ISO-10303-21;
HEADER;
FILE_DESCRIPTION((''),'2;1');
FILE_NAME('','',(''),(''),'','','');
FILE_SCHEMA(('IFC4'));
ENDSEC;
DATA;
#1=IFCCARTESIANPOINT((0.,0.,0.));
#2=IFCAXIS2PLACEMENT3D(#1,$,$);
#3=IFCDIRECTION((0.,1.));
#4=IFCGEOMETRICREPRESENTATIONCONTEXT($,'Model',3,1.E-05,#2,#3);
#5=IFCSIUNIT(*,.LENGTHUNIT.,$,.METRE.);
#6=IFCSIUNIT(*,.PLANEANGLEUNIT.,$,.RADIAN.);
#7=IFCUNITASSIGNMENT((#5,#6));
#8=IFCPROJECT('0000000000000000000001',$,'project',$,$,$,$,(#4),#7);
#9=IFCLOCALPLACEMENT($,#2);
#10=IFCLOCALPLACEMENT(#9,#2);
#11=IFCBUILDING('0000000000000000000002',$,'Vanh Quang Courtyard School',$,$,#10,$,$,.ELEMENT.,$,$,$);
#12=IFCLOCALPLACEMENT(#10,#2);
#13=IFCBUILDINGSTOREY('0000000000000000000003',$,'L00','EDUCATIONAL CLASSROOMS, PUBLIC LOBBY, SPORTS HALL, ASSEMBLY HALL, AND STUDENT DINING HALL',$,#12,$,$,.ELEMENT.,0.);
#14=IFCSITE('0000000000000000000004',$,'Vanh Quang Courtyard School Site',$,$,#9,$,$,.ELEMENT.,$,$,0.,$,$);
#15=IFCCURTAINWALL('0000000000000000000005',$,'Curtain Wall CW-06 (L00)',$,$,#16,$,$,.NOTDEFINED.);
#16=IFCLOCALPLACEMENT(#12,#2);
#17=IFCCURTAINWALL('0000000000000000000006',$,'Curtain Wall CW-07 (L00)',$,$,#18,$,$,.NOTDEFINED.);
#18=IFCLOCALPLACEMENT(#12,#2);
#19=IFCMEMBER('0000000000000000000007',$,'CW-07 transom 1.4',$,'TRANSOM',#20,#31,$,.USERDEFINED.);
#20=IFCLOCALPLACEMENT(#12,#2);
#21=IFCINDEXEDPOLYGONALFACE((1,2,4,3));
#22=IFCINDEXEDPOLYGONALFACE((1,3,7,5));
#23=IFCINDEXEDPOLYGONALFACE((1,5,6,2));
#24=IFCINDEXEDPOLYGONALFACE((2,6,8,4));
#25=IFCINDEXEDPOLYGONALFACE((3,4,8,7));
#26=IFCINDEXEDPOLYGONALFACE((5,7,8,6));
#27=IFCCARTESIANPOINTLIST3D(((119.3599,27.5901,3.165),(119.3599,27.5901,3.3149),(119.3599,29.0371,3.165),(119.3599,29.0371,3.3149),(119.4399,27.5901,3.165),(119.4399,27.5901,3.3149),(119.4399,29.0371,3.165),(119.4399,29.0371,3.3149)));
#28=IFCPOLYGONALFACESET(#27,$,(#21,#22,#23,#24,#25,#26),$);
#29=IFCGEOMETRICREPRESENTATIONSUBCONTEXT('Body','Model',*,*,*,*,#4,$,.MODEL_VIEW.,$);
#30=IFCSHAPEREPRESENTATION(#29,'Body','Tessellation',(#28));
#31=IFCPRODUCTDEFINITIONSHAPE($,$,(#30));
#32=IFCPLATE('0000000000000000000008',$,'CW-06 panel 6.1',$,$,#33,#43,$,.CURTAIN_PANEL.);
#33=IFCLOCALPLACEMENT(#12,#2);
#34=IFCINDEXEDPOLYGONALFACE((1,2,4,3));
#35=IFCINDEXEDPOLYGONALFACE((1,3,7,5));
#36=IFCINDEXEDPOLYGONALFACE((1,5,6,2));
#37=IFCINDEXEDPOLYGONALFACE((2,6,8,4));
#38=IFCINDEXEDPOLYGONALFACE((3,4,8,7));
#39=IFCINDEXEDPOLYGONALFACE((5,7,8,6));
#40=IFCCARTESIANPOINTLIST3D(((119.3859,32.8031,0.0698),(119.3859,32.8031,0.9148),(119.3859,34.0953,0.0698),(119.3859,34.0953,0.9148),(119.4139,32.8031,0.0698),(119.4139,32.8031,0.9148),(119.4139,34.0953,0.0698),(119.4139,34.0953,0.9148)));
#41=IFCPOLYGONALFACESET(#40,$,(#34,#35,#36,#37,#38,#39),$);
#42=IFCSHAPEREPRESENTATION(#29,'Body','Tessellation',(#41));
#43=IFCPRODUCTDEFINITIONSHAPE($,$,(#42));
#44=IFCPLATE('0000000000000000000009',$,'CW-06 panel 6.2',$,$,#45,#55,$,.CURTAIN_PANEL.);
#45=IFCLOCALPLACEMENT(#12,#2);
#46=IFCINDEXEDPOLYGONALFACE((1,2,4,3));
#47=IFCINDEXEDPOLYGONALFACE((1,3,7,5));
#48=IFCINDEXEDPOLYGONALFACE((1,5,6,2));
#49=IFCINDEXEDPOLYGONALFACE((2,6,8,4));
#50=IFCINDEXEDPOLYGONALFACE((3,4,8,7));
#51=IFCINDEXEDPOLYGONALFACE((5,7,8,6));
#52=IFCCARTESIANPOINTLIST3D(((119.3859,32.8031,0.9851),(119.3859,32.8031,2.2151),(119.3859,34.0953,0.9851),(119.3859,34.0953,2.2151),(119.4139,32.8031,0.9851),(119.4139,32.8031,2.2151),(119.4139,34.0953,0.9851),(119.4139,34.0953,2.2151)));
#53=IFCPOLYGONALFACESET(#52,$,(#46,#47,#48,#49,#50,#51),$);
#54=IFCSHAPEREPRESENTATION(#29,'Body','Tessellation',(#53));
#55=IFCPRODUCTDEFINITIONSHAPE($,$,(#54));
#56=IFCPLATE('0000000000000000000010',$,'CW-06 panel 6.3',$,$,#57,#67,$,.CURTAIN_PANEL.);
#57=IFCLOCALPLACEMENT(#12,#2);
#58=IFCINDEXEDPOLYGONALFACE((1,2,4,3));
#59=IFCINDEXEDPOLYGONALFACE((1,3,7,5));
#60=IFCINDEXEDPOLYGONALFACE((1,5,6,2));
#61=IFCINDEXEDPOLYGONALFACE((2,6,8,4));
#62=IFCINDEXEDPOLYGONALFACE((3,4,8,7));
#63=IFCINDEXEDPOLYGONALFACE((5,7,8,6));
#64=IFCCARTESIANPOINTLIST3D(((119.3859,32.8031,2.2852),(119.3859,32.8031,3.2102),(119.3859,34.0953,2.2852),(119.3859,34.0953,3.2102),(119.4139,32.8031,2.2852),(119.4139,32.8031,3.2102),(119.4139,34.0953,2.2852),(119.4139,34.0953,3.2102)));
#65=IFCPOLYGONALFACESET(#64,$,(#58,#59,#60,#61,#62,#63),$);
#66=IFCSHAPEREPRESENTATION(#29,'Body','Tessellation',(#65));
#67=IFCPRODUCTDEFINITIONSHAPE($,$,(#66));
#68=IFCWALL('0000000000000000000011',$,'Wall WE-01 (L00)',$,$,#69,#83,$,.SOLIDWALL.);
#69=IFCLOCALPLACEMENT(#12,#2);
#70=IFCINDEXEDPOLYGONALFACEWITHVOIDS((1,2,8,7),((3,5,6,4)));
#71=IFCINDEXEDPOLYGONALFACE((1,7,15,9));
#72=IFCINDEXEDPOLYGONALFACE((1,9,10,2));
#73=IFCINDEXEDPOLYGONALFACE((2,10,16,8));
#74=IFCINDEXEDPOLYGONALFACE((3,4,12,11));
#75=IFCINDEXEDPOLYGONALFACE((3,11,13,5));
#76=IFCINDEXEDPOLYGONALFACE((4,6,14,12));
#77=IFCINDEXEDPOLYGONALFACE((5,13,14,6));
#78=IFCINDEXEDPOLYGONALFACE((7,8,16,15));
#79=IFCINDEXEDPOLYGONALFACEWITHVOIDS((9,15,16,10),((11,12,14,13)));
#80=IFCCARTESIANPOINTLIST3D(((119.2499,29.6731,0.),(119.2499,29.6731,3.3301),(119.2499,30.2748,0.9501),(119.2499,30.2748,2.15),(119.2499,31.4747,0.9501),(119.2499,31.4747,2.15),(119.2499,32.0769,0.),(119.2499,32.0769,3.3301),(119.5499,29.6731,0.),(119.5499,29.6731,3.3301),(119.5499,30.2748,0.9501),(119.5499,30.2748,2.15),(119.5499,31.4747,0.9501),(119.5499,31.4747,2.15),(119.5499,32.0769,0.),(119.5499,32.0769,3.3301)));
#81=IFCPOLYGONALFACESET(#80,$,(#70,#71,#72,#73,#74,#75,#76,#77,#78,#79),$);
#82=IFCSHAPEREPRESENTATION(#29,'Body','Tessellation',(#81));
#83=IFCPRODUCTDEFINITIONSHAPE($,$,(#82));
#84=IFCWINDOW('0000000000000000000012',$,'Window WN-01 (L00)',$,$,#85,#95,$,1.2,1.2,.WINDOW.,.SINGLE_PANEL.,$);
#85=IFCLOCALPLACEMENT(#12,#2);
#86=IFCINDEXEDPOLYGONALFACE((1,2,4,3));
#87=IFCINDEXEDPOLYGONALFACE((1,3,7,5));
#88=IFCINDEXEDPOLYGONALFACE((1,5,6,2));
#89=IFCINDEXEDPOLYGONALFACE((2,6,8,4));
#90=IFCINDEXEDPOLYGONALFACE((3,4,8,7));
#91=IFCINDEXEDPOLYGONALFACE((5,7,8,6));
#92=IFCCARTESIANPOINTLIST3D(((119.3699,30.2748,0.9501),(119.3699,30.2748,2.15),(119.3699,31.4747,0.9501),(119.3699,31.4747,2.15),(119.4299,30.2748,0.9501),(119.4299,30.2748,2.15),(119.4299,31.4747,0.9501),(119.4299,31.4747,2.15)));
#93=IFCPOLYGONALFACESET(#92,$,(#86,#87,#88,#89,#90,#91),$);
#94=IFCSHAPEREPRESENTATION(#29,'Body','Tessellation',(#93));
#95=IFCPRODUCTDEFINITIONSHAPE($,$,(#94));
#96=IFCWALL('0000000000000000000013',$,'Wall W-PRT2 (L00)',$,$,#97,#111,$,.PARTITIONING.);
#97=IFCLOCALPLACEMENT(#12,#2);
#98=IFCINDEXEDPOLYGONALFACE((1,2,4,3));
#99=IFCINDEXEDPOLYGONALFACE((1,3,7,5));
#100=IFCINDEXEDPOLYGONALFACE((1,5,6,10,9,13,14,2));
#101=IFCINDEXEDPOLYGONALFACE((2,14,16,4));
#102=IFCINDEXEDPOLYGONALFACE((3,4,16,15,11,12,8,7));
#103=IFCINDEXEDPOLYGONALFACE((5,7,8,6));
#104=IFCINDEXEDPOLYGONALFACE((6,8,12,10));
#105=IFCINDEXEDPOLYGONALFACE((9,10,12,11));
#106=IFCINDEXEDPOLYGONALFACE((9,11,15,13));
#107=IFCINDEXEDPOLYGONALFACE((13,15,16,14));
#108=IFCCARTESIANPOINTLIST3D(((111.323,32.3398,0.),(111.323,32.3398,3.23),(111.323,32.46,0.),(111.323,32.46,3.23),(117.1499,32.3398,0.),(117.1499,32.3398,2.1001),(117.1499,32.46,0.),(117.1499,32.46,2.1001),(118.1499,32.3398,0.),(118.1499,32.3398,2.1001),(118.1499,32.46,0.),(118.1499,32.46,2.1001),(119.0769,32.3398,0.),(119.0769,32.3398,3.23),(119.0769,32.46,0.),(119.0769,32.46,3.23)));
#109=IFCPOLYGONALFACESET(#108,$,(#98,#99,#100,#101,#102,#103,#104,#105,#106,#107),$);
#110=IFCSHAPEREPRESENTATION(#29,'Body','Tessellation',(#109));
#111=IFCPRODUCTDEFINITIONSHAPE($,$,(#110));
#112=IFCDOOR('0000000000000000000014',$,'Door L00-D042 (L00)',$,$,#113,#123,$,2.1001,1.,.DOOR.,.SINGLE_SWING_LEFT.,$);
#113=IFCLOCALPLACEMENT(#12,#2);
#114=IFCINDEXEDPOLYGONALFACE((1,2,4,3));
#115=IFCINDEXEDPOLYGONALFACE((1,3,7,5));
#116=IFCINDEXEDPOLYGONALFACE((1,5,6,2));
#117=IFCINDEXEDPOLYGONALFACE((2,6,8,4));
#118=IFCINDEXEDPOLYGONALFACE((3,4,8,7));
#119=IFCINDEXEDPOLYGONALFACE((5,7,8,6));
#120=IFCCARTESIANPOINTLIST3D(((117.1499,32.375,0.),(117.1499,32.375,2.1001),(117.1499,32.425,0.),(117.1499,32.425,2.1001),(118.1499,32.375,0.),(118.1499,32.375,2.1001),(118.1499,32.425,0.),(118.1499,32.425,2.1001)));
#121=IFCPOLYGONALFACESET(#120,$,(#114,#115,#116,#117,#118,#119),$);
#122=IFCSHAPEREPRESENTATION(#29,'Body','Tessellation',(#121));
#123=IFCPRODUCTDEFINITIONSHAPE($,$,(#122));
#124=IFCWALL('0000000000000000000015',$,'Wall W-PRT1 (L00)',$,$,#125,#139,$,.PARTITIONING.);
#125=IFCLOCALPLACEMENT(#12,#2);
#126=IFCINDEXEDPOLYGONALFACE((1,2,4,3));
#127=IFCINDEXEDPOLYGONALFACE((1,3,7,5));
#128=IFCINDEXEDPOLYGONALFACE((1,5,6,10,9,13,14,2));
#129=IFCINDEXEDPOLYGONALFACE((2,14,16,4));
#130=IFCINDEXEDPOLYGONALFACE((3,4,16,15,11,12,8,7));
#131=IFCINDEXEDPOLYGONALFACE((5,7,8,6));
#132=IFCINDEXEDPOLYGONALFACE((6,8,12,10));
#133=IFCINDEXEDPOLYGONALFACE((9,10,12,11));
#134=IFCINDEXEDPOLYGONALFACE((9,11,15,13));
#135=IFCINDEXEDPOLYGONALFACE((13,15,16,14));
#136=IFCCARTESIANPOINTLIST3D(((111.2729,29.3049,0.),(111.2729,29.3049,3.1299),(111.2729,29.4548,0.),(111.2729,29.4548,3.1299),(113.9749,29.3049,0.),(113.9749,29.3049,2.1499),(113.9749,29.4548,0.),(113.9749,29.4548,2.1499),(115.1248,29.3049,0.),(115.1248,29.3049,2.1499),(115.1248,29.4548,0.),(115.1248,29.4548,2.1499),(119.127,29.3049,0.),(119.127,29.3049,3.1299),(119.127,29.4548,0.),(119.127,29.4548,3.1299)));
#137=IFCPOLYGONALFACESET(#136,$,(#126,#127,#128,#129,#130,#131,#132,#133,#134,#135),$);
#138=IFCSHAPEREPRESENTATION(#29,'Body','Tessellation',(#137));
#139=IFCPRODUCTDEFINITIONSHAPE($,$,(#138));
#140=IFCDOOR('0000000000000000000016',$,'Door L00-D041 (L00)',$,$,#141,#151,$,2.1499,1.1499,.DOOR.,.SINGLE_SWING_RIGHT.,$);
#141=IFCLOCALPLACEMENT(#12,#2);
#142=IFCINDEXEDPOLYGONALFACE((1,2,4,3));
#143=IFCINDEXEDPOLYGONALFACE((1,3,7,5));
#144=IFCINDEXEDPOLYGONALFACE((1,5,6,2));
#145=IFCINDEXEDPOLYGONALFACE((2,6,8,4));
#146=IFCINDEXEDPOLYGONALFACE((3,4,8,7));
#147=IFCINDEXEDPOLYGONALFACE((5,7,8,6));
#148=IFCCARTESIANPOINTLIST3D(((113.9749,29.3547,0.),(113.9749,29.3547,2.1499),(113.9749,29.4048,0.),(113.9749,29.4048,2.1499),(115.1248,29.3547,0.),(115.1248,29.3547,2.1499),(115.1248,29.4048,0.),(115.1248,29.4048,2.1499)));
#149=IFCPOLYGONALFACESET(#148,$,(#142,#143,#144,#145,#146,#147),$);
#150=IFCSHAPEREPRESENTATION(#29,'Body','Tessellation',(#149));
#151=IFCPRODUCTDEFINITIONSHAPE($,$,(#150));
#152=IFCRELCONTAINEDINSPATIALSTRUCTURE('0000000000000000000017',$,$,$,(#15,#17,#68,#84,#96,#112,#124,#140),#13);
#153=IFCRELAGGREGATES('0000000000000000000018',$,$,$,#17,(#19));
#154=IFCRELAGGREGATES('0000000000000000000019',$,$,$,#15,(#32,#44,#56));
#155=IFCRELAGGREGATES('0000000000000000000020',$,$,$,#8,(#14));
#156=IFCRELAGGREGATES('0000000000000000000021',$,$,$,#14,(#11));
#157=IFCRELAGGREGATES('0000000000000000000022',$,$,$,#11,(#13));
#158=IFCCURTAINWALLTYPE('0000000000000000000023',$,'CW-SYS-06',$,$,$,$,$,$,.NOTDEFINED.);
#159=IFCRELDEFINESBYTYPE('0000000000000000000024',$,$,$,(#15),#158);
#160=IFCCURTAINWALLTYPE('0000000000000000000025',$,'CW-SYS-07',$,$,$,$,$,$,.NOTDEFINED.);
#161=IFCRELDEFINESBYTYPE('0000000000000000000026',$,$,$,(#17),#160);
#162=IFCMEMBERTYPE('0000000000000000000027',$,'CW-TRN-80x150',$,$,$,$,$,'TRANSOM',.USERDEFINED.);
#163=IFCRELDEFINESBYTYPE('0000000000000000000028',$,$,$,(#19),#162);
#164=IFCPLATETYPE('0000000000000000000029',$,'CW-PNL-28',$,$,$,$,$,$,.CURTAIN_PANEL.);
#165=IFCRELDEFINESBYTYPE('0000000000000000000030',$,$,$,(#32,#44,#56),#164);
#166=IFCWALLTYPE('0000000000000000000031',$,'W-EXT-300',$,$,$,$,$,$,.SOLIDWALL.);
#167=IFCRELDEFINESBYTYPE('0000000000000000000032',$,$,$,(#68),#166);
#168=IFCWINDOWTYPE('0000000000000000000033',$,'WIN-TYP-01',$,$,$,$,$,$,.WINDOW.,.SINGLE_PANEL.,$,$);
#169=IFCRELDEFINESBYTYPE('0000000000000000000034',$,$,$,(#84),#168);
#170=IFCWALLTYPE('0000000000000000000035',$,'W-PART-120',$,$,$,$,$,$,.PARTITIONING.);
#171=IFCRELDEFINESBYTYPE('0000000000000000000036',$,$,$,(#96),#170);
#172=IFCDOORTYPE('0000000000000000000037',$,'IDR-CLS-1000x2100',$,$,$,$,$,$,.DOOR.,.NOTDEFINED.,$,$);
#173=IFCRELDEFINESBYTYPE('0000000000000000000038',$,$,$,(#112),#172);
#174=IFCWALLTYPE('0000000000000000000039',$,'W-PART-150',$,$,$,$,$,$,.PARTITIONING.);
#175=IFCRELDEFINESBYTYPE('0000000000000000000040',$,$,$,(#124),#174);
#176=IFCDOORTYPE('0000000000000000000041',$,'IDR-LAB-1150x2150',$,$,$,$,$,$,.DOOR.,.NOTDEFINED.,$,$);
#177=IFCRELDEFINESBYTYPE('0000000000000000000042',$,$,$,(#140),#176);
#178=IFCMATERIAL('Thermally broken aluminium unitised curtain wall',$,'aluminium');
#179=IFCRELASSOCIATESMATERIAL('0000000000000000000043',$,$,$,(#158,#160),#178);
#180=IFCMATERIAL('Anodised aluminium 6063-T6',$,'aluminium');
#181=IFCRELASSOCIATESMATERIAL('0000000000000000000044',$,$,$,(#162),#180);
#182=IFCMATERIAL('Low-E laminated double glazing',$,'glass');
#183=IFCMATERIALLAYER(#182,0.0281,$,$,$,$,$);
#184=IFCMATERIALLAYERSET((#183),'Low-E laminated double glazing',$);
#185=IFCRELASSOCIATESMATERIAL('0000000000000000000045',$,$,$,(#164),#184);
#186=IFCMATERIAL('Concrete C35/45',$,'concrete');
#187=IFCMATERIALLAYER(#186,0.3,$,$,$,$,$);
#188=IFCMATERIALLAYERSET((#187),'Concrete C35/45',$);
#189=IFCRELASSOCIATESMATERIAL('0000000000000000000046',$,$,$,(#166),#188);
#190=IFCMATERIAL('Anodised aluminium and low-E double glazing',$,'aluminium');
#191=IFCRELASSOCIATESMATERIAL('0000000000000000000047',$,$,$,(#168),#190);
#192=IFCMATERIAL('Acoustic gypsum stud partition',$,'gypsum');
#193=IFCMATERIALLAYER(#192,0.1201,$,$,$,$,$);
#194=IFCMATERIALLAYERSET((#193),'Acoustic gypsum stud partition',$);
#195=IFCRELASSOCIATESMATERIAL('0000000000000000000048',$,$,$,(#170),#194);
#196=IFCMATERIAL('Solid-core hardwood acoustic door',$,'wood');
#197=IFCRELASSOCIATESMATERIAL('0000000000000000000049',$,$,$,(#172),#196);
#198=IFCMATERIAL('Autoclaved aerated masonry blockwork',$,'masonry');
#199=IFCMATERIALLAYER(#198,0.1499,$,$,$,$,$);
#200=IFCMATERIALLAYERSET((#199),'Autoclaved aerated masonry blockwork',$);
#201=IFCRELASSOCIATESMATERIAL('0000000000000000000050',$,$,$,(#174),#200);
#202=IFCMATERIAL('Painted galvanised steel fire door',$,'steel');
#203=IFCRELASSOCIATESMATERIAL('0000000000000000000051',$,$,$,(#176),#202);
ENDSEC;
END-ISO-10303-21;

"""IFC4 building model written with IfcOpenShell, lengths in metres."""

from ifc_helpers import new_model, si_unit, direction, frame, frame_2d, origin, origin_2d, place, context, subcontext, project, spatial, rectangle, extrude, material, layer, layer_set, material_profile, profile_set, type_object, element, fill, aggregate, save


model = new_model("IFC4")

# Units and contexts
model_context = context("Model", 3, precision=1e-05, world=origin(), true_north=direction((0.0, 1.0)))
body_context = subcontext(model_context, "Body", "Model", "MODEL_VIEW")
ifc_project = project(units=[si_unit("LENGTHUNIT", "METRE"), si_unit("PLANEANGLEUNIT", "RADIAN")], contexts=[model_context])

# Site, building, storey
site_placement = place(None, origin())
site = spatial("IfcSite", under=ifc_project, at=site_placement, Name="Vanh Quang Courtyard School Site", CompositionType="ELEMENT", RefElevation=0.0)
building_placement = place(site_placement, origin())
building = spatial("IfcBuilding", under=site, at=building_placement, Name="Vanh Quang Courtyard School", CompositionType="ELEMENT")
storey_placement = place(building_placement, origin())
storey = spatial("IfcBuildingStorey", under=building, at=storey_placement, Name="L00", Description="EDUCATIONAL CLASSROOMS, PUBLIC LOBBY, SPORTS HALL, ASSEMBLY HALL, AND STUDENT DINING HALL", CompositionType="ELEMENT", Elevation=0.0)

# Shared definitions
ifc_material_1 = material(Name="Concrete C35/45", Category="concrete")

# Curtain wall
ifc_material_2 = material(Name="Thermally broken aluminium unitised curtain wall", Category="aluminium")
curtain_wall_type_1 = type_object("IfcCurtainWallType", Name="CW-SYS-06", PredefinedType="NOTDEFINED", material=ifc_material_2)
curtain_wall_1_placement = place(storey_placement, origin())
curtain_wall_1 = element("IfcCurtainWall", 1, at=curtain_wall_1_placement, inside=storey, type_object=curtain_wall_type_1, Name="Curtain Wall CW-06 (L00)", PredefinedType="NOTDEFINED")
ifc_material_3 = material(Name="Anodised aluminium 6063-T6", Category="aluminium")

# Curtain wall, member
curtain_wall_type_2 = type_object("IfcCurtainWallType", Name="CW-SYS-07", PredefinedType="NOTDEFINED", material=ifc_material_2)
curtain_wall_2_placement = place(storey_placement, origin())
curtain_wall_2 = element("IfcCurtainWall", 2, at=curtain_wall_2_placement, inside=storey, type_object=curtain_wall_type_2, Name="Curtain Wall CW-07 (L00)", PredefinedType="NOTDEFINED")
ifc_material_profile_1 = material_profile(ifc_material_3, rectangle(XDim=0.0801, YDim=0.1499, at=origin_2d()), Name="ALU-TRN 80x150")
ifc_profile_set_1 = profile_set([ifc_material_profile_1], Name="Anodised aluminium 6063-T6")
member_type_1 = type_object("IfcMemberType", Name="CW-TRN-80x150", ElementType="TRANSOM", PredefinedType="USERDEFINED", material=ifc_profile_set_1)
member_1_placement = place(storey_placement, frame((119.3999, 29.0371, 3.24), z_axis=(0.0, -1.0, 0.0), x_axis=(1.0, 0.0, 0.0)))
member_1 = element("IfcMember", 3, at=member_1_placement, type_object=member_type_1, Name="CW-07 transom 1.4", ObjectType="TRANSOM", PredefinedType="USERDEFINED", context=body_context, shape_type="SweptSolid", body=[
    extrude(rectangle(XDim=0.0801, YDim=0.1499, at=origin_2d()), origin(), (0.0, 0.0, 1.0), 1.447),
])
aggregate(curtain_wall_2, [member_1])

# Plates
ifc_material_4 = material(Name="Low-E laminated double glazing", Category="glass")
ifc_layer_1 = layer(ifc_material_4, 0.0281)
ifc_layer_set_1 = layer_set([ifc_layer_1], Name="Low-E laminated double glazing")
plate_type = type_object("IfcPlateType", Name="CW-PNL-28", PredefinedType="CURTAIN_PANEL", material=ifc_layer_set_1)
plate_1_placement = place(storey_placement, frame((119.3999, 33.4492, 0.0698), z_axis=(0.0, 0.0, 1.0), x_axis=(0.0, -1.0, 0.0)))
plate_1 = element("IfcPlate", 4, at=plate_1_placement, type_object=plate_type, Name="CW-06 panel 6.1", PredefinedType="CURTAIN_PANEL", context=body_context, shape_type="SweptSolid", body=[
    extrude(rectangle(XDim=1.2922, YDim=0.0281, at=origin_2d()), origin(), (0.0, 0.0, 1.0), 0.845),
])
plate_2_placement = place(storey_placement, frame((119.3999, 33.4492, 0.9851), z_axis=(0.0, 0.0, 1.0), x_axis=(0.0, -1.0, 0.0)))
plate_2 = element("IfcPlate", 5, at=plate_2_placement, type_object=plate_type, Name="CW-06 panel 6.2", PredefinedType="CURTAIN_PANEL", context=body_context, shape_type="SweptSolid", body=[
    extrude(rectangle(XDim=1.2922, YDim=0.0281, at=origin_2d()), origin(), (0.0, 0.0, 1.0), 1.23),
])
plate_3_placement = place(storey_placement, frame((119.3999, 33.4492, 2.2852), z_axis=(0.0, 0.0, 1.0), x_axis=(0.0, -1.0, 0.0)))
plate_3 = element("IfcPlate", 6, at=plate_3_placement, type_object=plate_type, Name="CW-06 panel 6.3", PredefinedType="CURTAIN_PANEL", context=body_context, shape_type="SweptSolid", body=[
    extrude(rectangle(XDim=1.2922, YDim=0.0281, at=origin_2d()), origin(), (0.0, 0.0, 1.0), 0.925),
])
aggregate(curtain_wall_1, [plate_1, plate_2, plate_3])

# Wall, opening, window
ifc_layer_2 = layer(ifc_material_1, 0.3)
ifc_layer_set_2 = layer_set([ifc_layer_2], Name="Concrete C35/45")
wall_type_1 = type_object("IfcWallType", Name="W-EXT-300", PredefinedType="SOLIDWALL", material=ifc_layer_set_2)
wall_1_placement = place(storey_placement, frame((119.3999, 32.0769, 0.0), z_axis=(0.0, 0.0, 1.0), x_axis=(0.0, -1.0, 0.0)))
wall_1 = element("IfcWall", 7, at=wall_1_placement, inside=storey, type_object=wall_type_1, Name="Wall WE-01 (L00)", PredefinedType="SOLIDWALL", context=body_context, shape_type="SweptSolid", body=[
    extrude(rectangle(XDim=2.4038, YDim=0.3, at=frame_2d((1.2019, 0.0))), origin(), (0.0, 0.0, 1.0), 3.3301),
])
opening_1_placement = place(wall_1_placement, frame((0.6021, 0.0, 0.95)))
opening_1 = element("IfcOpeningElement", 8, at=opening_1_placement, cuts=wall_1, PredefinedType="OPENING", context=body_context, shape_type="SweptSolid", body=[
    extrude(rectangle(XDim=1.2, YDim=1.2, at=frame_2d((0.6001, 0.6001))), frame((0.0, 0.1602, 0.0), z_axis=(0.0, -1.0, 0.0), x_axis=(1.0, 0.0, 0.0)), (0.0, 0.0, 1.0), 0.3201),
])
ifc_material_5 = material(Name="Anodised aluminium and low-E double glazing", Category="aluminium")
window_type = type_object("IfcWindowType", Name="WIN-TYP-01", PartitioningType="SINGLE_PANEL", PredefinedType="WINDOW", material=ifc_material_5)
window_placement = place(opening_1_placement, origin())
window = element("IfcWindow", 9, at=window_placement, inside=storey, type_object=window_type, Name="Window WN-01 (L00)", OverallHeight=1.2, OverallWidth=1.2, PartitioningType="SINGLE_PANEL", PredefinedType="WINDOW", context=body_context, shape_type="SweptSolid", body=[
    extrude(rectangle(XDim=1.2, YDim=1.2, at=frame_2d((0.6001, 0.6001))), frame((0.0, 0.03, 0.0), z_axis=(0.0, -1.0, 0.0), x_axis=(1.0, 0.0, 0.0)), (0.0, 0.0, 1.0), 0.0601),
])
fill(opening_1, window)

# Walls, openings, doors
ifc_material_6 = material(Name="Acoustic gypsum stud partition", Category="gypsum")
ifc_layer_3 = layer(ifc_material_6, 0.1201)
ifc_layer_set_3 = layer_set([ifc_layer_3], Name="Acoustic gypsum stud partition")
wall_type_2 = type_object("IfcWallType", Name="W-PART-120", PredefinedType="PARTITIONING", material=ifc_layer_set_3)
wall_2_placement = place(storey_placement, frame((119.0769, 32.3999, 0.0), z_axis=(0.0, 0.0, 1.0), x_axis=(-1.0, 0.0, 0.0)))
wall_2 = element("IfcWall", 10, at=wall_2_placement, inside=storey, type_object=wall_type_2, Name="Wall W-PRT2 (L00)", PredefinedType="PARTITIONING", context=body_context, shape_type="SweptSolid", body=[
    extrude(rectangle(XDim=7.7539, YDim=0.1201, at=frame_2d((3.877, 0.0))), origin(), (0.0, 0.0, 1.0), 3.23),
])
opening_2_placement = place(wall_2_placement, frame((0.927, 0.0, 0.0)))
opening_2 = element("IfcOpeningElement", 11, at=opening_2_placement, cuts=wall_2, PredefinedType="OPENING", context=body_context, shape_type="SweptSolid", body=[
    extrude(rectangle(XDim=1.0, YDim=2.1001, at=frame_2d((0.5, 1.05))), frame((0.0, 0.0701, 0.0), z_axis=(0.0, -1.0, 0.0), x_axis=(1.0, 0.0, 0.0)), (0.0, 0.0, 1.0), 0.1401),
])
ifc_material_7 = material(Name="Solid-core hardwood acoustic door", Category="wood")
door_type_1 = type_object("IfcDoorType", Name="IDR-CLS-1000x2100", OperationType="NOTDEFINED", PredefinedType="DOOR", material=ifc_material_7)
door_1_placement = place(opening_2_placement, origin())
door_1 = element("IfcDoor", 12, at=door_1_placement, inside=storey, type_object=door_type_1, Name="Door L00-D042 (L00)", OperationType="SINGLE_SWING_LEFT", OverallHeight=2.1001, OverallWidth=1.0, PredefinedType="DOOR", context=body_context, shape_type="SweptSolid", body=[
    extrude(rectangle(XDim=1.0, YDim=2.1001, at=frame_2d((0.5, 1.05))), frame((0.0, 0.0249, 0.0), z_axis=(0.0, -1.0, 0.0), x_axis=(1.0, 0.0, 0.0)), (0.0, 0.0, 1.0), 0.05),
])
fill(opening_2, door_1)
ifc_material_8 = material(Name="Autoclaved aerated masonry blockwork", Category="masonry")
ifc_layer_4 = layer(ifc_material_8, 0.1499)
ifc_layer_set_4 = layer_set([ifc_layer_4], Name="Autoclaved aerated masonry blockwork")
wall_type_3 = type_object("IfcWallType", Name="W-PART-150", PredefinedType="PARTITIONING", material=ifc_layer_set_4)
wall_3_placement = place(storey_placement, frame((111.2729, 29.3799, 0.0), z_axis=(0.0, 0.0, 1.0), x_axis=(1.0, 0.0, 0.0)))
wall_3 = element("IfcWall", 13, at=wall_3_placement, inside=storey, type_object=wall_type_3, Name="Wall W-PRT1 (L00)", PredefinedType="PARTITIONING", context=body_context, shape_type="SweptSolid", body=[
    extrude(rectangle(XDim=7.854, YDim=0.1499, at=frame_2d((3.927, 0.0))), origin(), (0.0, 0.0, 1.0), 3.1299),
])
opening_3_placement = place(wall_3_placement, frame((2.7019, 0.0, 0.0)))
opening_3 = element("IfcOpeningElement", 14, at=opening_3_placement, cuts=wall_3, PredefinedType="OPENING", context=body_context, shape_type="SweptSolid", body=[
    extrude(rectangle(XDim=1.1499, YDim=2.1499, at=frame_2d((0.575, 1.075))), frame((0.0, 0.085, 0.0), z_axis=(0.0, -1.0, 0.0), x_axis=(1.0, 0.0, 0.0)), (0.0, 0.0, 1.0), 0.1699),
])
ifc_material_9 = material(Name="Painted galvanised steel fire door", Category="steel")
door_type_2 = type_object("IfcDoorType", Name="IDR-LAB-1150x2150", OperationType="NOTDEFINED", PredefinedType="DOOR", material=ifc_material_9)
door_2_placement = place(opening_3_placement, origin())
door_2 = element("IfcDoor", 15, at=door_2_placement, inside=storey, type_object=door_type_2, Name="Door L00-D041 (L00)", OperationType="SINGLE_SWING_RIGHT", OverallHeight=2.1499, OverallWidth=1.1499, PredefinedType="DOOR", context=body_context, shape_type="SweptSolid", body=[
    extrude(rectangle(XDim=1.1499, YDim=2.1499, at=frame_2d((0.575, 1.075))), frame((0.0, 0.0249, 0.0), z_axis=(0.0, -1.0, 0.0), x_axis=(1.0, 0.0, 0.0)), (0.0, 0.0, 1.0), 0.05),
])
fill(opening_3, door_2)

save(model, "model.ifc")
